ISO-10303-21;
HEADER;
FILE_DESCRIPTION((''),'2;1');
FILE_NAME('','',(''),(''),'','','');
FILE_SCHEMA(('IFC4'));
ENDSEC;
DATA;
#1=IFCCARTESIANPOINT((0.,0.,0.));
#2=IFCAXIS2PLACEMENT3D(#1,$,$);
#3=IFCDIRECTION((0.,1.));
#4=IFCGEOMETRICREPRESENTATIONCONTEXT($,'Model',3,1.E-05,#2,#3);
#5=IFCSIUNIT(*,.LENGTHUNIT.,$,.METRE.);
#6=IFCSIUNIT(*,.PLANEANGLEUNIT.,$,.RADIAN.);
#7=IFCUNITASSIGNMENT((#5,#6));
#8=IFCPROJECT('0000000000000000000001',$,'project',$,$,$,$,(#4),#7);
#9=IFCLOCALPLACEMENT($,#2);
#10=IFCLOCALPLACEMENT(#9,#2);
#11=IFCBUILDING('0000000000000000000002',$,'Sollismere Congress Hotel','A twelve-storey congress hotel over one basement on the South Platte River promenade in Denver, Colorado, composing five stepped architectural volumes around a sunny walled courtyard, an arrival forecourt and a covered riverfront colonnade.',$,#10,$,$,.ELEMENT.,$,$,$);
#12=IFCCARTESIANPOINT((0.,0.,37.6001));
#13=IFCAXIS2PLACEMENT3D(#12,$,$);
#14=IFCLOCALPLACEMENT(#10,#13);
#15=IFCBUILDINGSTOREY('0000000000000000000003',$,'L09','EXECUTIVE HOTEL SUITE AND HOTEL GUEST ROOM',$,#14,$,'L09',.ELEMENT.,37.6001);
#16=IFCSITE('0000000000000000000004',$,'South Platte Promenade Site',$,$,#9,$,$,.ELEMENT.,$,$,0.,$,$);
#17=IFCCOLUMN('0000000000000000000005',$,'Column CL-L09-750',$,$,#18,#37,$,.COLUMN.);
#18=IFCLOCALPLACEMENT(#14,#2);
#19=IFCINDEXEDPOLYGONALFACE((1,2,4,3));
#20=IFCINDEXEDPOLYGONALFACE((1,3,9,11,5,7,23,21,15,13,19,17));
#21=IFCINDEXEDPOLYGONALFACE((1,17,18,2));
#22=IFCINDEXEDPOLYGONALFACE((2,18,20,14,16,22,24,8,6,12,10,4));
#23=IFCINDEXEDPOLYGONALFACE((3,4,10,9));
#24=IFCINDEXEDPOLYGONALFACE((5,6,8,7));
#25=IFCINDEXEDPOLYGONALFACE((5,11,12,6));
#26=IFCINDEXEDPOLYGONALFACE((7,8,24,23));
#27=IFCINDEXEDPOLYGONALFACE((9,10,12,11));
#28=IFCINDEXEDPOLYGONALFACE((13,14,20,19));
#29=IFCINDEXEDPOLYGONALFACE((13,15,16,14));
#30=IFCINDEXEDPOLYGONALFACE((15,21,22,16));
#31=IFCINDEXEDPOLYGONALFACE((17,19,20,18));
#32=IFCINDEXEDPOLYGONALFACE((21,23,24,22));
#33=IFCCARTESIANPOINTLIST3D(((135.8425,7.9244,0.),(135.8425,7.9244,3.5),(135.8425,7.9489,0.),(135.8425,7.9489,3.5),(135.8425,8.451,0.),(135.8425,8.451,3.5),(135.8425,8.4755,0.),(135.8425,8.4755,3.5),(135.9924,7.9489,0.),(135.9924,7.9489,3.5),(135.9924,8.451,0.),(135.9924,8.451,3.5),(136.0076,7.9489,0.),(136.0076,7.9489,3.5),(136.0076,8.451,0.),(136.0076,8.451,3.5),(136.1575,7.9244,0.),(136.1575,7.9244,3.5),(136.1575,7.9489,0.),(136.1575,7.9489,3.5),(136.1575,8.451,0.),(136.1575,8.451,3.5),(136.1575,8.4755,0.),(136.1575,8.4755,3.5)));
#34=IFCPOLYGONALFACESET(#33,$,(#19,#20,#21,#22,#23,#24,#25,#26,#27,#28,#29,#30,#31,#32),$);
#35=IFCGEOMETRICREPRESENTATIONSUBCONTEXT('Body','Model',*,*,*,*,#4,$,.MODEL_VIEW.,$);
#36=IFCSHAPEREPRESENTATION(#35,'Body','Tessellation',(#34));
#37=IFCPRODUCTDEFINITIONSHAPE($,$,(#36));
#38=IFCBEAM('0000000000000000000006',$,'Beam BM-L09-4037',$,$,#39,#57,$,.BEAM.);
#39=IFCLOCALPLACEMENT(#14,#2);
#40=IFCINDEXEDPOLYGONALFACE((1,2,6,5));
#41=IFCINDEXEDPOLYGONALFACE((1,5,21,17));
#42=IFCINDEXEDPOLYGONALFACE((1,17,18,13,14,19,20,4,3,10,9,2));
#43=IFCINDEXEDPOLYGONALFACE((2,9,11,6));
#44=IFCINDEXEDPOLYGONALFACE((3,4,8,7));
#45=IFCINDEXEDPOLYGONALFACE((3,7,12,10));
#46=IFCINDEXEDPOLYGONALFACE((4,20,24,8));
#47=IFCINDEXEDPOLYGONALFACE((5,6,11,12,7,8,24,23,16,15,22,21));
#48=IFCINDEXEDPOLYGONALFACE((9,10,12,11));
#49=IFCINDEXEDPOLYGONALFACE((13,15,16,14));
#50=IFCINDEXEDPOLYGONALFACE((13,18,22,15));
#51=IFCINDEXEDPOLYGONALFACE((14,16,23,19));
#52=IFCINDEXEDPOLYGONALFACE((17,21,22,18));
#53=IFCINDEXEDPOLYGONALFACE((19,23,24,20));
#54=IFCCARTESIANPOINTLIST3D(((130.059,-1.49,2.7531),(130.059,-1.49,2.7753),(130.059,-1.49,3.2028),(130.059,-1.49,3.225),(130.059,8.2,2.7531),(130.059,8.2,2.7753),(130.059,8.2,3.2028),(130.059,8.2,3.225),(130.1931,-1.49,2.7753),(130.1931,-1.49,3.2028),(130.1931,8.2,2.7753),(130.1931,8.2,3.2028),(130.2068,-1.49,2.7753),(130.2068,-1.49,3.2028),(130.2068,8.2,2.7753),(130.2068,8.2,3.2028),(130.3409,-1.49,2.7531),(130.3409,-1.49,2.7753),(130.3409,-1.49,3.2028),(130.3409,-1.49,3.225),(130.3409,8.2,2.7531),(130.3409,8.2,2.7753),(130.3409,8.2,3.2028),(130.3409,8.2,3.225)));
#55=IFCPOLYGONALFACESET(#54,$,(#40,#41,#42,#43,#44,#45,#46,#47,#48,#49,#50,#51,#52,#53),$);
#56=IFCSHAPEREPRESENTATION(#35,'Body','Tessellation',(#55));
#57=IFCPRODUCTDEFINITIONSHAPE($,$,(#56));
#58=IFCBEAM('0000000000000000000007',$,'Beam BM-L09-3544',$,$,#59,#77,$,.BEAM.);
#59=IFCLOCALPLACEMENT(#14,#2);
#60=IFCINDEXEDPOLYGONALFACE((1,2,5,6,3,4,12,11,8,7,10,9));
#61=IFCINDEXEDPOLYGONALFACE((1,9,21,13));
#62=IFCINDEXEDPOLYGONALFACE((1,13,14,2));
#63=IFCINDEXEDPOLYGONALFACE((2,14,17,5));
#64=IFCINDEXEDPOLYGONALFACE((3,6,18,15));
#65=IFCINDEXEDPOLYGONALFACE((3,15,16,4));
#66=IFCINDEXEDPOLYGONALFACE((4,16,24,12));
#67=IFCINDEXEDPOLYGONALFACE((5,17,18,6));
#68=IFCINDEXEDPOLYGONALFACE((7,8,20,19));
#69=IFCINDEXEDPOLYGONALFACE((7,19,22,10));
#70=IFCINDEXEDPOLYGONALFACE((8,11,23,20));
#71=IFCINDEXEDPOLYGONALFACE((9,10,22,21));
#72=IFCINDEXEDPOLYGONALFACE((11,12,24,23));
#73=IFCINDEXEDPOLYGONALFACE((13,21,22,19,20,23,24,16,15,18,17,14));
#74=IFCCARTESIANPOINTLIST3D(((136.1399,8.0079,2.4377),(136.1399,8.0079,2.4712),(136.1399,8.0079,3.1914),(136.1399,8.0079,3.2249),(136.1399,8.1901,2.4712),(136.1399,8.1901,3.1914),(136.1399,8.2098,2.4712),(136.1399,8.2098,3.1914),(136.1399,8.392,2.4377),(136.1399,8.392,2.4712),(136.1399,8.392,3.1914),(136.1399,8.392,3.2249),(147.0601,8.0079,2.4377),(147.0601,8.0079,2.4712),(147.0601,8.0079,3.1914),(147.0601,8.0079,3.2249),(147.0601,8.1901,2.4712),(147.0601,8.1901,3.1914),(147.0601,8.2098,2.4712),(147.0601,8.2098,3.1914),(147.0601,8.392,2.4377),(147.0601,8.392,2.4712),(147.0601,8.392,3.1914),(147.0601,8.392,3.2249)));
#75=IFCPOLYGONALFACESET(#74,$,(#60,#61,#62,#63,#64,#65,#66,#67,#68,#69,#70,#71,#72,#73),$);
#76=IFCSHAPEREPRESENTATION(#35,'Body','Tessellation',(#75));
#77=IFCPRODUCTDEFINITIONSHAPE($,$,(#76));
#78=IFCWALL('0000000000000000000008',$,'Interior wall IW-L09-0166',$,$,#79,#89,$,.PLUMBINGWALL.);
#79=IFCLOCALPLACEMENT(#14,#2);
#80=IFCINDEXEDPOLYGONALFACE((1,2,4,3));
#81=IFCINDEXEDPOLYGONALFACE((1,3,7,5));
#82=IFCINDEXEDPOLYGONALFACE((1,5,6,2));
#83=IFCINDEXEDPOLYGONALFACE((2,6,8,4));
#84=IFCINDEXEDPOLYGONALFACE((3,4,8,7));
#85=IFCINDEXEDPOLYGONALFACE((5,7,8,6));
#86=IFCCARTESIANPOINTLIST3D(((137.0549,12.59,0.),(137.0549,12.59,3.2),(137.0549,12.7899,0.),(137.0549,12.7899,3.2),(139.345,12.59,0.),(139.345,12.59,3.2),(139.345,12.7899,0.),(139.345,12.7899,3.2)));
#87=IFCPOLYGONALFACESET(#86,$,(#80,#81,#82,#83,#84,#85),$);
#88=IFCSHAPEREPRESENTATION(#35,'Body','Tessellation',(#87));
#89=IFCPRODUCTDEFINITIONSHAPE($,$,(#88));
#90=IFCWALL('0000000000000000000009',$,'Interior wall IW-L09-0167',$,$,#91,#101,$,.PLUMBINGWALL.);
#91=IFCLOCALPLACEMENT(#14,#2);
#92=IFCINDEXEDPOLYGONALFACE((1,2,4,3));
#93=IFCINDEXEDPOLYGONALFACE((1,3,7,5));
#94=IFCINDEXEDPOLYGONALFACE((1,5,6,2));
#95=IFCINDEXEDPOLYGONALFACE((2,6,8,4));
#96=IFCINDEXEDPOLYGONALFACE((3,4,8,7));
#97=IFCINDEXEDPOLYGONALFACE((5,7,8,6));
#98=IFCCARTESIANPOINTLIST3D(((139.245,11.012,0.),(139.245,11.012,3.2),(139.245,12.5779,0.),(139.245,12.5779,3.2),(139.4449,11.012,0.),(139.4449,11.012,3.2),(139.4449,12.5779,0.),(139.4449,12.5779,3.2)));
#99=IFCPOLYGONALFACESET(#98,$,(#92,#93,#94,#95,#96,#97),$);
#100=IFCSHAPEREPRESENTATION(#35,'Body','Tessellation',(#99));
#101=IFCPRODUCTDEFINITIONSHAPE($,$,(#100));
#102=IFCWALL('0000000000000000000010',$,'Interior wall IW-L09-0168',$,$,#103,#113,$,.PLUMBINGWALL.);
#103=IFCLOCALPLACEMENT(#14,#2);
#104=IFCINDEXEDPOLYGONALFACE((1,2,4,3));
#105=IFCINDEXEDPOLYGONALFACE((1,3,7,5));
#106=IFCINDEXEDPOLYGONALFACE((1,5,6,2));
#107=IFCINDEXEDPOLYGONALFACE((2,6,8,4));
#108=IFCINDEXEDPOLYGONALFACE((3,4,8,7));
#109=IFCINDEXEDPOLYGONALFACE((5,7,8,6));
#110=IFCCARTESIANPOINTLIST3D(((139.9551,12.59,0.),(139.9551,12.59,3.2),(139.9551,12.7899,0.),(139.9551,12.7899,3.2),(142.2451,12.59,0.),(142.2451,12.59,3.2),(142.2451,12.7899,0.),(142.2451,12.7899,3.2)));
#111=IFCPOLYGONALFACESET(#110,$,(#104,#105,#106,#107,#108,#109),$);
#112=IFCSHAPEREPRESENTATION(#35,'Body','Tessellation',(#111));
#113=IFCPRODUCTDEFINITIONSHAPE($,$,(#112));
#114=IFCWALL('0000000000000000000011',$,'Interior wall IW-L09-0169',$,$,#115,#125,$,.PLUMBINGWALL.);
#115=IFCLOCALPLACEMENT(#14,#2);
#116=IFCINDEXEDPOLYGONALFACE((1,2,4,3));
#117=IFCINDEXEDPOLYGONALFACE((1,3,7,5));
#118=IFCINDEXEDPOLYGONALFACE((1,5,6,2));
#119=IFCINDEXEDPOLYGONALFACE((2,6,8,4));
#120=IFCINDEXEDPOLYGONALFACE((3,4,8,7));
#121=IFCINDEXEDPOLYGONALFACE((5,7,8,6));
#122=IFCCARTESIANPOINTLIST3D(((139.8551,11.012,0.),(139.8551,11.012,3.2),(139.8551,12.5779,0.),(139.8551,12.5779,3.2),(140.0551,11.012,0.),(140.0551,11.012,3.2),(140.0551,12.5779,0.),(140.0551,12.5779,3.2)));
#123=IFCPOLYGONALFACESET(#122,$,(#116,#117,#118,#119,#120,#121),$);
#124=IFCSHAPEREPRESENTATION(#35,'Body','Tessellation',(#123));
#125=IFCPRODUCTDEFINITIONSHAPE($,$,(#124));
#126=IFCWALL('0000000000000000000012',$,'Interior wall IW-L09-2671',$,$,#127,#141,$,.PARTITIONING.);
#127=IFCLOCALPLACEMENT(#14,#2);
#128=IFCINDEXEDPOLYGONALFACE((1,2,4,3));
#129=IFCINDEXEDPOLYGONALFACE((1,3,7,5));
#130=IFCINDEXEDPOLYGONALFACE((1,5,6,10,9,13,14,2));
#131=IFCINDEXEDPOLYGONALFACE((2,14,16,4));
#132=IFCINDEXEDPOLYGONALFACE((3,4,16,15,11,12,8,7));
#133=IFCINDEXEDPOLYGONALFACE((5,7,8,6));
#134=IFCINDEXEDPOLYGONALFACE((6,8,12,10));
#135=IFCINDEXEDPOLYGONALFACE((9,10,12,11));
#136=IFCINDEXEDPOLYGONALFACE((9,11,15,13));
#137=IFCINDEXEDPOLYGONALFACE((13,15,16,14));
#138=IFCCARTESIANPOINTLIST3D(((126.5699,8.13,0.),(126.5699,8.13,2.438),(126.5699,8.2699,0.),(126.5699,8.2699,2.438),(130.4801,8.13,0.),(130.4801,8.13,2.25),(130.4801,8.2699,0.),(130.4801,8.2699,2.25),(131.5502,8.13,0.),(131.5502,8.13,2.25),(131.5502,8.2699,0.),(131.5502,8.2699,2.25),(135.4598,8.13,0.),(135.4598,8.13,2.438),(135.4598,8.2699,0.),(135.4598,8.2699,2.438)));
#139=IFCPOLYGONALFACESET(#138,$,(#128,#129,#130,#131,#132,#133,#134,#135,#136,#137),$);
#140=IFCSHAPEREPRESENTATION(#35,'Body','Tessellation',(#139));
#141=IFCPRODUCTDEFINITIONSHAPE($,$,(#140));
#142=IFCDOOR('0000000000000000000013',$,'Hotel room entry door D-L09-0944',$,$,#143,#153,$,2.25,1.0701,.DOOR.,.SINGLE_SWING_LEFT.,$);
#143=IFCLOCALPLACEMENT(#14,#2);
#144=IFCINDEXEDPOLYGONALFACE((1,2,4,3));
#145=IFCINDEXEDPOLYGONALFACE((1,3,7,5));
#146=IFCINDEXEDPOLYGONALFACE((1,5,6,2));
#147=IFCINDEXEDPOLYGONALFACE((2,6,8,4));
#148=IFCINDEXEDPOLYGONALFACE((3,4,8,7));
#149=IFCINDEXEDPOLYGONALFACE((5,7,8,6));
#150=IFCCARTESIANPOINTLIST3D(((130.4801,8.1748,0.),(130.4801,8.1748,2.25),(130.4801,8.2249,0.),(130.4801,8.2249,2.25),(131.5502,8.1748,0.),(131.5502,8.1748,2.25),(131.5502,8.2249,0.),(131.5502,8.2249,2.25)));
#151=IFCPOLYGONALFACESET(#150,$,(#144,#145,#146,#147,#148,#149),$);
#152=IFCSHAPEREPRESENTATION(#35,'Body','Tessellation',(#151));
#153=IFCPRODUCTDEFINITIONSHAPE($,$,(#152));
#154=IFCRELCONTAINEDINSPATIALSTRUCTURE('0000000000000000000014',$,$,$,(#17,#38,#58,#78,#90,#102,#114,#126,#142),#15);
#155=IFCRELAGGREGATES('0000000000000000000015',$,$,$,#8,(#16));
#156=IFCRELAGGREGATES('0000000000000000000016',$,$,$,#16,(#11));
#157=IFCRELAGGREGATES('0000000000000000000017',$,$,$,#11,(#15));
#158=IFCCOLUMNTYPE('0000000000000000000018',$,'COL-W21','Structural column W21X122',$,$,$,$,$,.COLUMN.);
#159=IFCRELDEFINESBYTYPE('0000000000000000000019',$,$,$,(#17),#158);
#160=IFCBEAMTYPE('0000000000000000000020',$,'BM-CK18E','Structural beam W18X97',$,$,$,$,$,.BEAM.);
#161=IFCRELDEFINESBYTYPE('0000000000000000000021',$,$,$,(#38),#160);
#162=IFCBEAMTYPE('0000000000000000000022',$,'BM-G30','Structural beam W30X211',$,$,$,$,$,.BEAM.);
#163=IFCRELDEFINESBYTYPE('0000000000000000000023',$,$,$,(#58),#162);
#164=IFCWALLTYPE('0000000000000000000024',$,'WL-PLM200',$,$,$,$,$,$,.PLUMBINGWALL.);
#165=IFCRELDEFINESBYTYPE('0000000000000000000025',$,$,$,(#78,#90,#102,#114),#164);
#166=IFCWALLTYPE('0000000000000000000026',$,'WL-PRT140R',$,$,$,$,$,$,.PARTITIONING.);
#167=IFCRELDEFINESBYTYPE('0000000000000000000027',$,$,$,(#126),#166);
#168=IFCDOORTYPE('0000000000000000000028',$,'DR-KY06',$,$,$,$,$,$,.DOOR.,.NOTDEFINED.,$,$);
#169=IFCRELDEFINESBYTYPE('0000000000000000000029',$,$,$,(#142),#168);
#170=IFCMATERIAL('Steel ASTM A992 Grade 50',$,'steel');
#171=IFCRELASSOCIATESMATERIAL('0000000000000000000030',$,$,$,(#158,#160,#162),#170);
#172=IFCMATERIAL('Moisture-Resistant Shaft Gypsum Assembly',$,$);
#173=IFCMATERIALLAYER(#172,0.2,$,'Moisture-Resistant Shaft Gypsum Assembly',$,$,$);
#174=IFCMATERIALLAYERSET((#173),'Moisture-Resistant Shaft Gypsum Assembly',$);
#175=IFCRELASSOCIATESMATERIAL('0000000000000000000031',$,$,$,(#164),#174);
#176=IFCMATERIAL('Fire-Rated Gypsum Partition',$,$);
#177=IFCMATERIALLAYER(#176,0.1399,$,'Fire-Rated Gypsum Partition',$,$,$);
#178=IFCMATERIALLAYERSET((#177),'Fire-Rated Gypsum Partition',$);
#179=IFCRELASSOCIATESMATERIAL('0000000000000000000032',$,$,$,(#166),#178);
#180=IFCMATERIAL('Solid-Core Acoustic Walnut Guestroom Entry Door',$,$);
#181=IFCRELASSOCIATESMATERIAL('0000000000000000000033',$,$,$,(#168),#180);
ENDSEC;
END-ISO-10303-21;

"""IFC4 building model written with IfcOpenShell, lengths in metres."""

from ifc_helpers import new_model, si_unit, direction, frame, frame_2d, origin, origin_2d, place, context, subcontext, project, spatial, rectangle, i_section, extrude, material, layer, layer_set, material_profile, profile_set, type_object, element, fill, save


model = new_model("IFC4")

# Units and contexts
model_context = context("Model", 3, precision=1e-05, world=origin(), true_north=direction((0.0, 1.0)))
body_context = subcontext(model_context, "Body", "Model", "MODEL_VIEW")
ifc_project = project(units=[si_unit("LENGTHUNIT", "METRE"), si_unit("PLANEANGLEUNIT", "RADIAN")], contexts=[model_context])

# Site, building, storey
site_placement = place(None, origin())
site = spatial("IfcSite", under=ifc_project, at=site_placement, Name="South Platte Promenade Site", CompositionType="ELEMENT", RefElevation=0.0)
building_placement = place(site_placement, origin())
building = spatial("IfcBuilding", under=site, at=building_placement, Name="Sollismere Congress Hotel", Description="A twelve-storey congress hotel over one basement on the South Platte River promenade in Denver, Colorado, composing five stepped architectural volumes around a sunny walled courtyard, an arrival forecourt and a covered riverfront colonnade.", CompositionType="ELEMENT")
storey_placement = place(building_placement, frame((0.0, 0.0, 37.6001)))
storey = spatial("IfcBuildingStorey", under=building, at=storey_placement, Name="L09", Description="EXECUTIVE HOTEL SUITE AND HOTEL GUEST ROOM", LongName="L09", CompositionType="ELEMENT", Elevation=37.6001)

# Column
ifc_material_1 = material(Name="Steel ASTM A992 Grade 50", Category="steel")
ifc_material_profile_1 = material_profile(ifc_material_1, i_section(OverallWidth=0.3149, OverallDepth=0.551, WebThickness=0.0151, FlangeThickness=0.0244, at=origin_2d()), Name="W21X122")
ifc_profile_set_1 = profile_set([ifc_material_profile_1], Name="Steel ASTM A992 Grade 50")
column_type = type_object("IfcColumnType", Name="COL-W21", Description="Structural column W21X122", PredefinedType="COLUMN", material=ifc_profile_set_1)
column_placement = place(storey_placement, frame((136.0, 8.2, 0.0), z_axis=(0.0, 0.0, 1.0), x_axis=(1.0, 0.0, 0.0)))
element("IfcColumn", 1, at=column_placement, inside=storey, type_object=column_type, Name="Column CL-L09-750", PredefinedType="COLUMN", context=body_context, shape_type="SweptSolid", body=[
    extrude(i_section(OverallWidth=0.3149, OverallDepth=0.551, WebThickness=0.0151, FlangeThickness=0.0244, at=origin_2d()), origin(), (0.0, 0.0, 1.0), 3.5),
])

# Beams
ifc_material_profile_2 = material_profile(ifc_material_1, i_section(OverallWidth=0.282, OverallDepth=0.4719, WebThickness=0.0137, FlangeThickness=0.0222, at=origin_2d()), Name="W18X97")
ifc_profile_set_2 = profile_set([ifc_material_profile_2], Name="Steel ASTM A992 Grade 50")
beam_type_1 = type_object("IfcBeamType", Name="BM-CK18E", Description="Structural beam W18X97", PredefinedType="BEAM", material=ifc_profile_set_2)
beam_1_placement = place(storey_placement, frame((130.2, 8.2, 2.989), z_axis=(0.0, -1.0, 0.0), x_axis=(1.0, 0.0, 0.0)))
element("IfcBeam", 2, at=beam_1_placement, inside=storey, type_object=beam_type_1, Name="Beam BM-L09-4037", PredefinedType="BEAM", context=body_context, shape_type="SweptSolid", body=[
    extrude(i_section(OverallWidth=0.282, OverallDepth=0.4719, WebThickness=0.0137, FlangeThickness=0.0222, at=origin_2d()), origin(), (0.0, 0.0, 1.0), 9.6899),
])
ifc_material_profile_3 = material_profile(ifc_material_1, i_section(OverallWidth=0.384, OverallDepth=0.7871, WebThickness=0.0198, FlangeThickness=0.0334, at=origin_2d()), Name="W30X211")
ifc_profile_set_3 = profile_set([ifc_material_profile_3], Name="Steel ASTM A992 Grade 50")
beam_type_2 = type_object("IfcBeamType", Name="BM-G30", Description="Structural beam W30X211", PredefinedType="BEAM", material=ifc_profile_set_3)
beam_2_placement = place(storey_placement, frame((136.1399, 8.2, 2.8313), z_axis=(1.0, 0.0, 0.0), x_axis=(0.0, 1.0, 0.0)))
element("IfcBeam", 3, at=beam_2_placement, inside=storey, type_object=beam_type_2, Name="Beam BM-L09-3544", PredefinedType="BEAM", context=body_context, shape_type="SweptSolid", body=[
    extrude(i_section(OverallWidth=0.384, OverallDepth=0.7871, WebThickness=0.0198, FlangeThickness=0.0334, at=origin_2d()), origin(), (0.0, 0.0, 1.0), 10.9202),
])

# Walls
ifc_material_2 = material(Name="Moisture-Resistant Shaft Gypsum Assembly")
ifc_layer_1 = layer(ifc_material_2, 0.2, Name="Moisture-Resistant Shaft Gypsum Assembly")
ifc_layer_set_1 = layer_set([ifc_layer_1], Name="Moisture-Resistant Shaft Gypsum Assembly")
wall_type_1 = type_object("IfcWallType", Name="WL-PLM200", PredefinedType="PLUMBINGWALL", material=ifc_layer_set_1)
wall_1_placement = place(storey_placement, frame((137.0549, 12.6899, 0.0), z_axis=(0.0, 0.0, 1.0), x_axis=(1.0, 0.0, 0.0)))
element("IfcWall", 4, at=wall_1_placement, inside=storey, type_object=wall_type_1, Name="Interior wall IW-L09-0166", PredefinedType="PLUMBINGWALL", context=body_context, shape_type="SweptSolid", body=[
    extrude(rectangle(XDim=2.29, YDim=0.2, at=frame_2d((1.145, 0.0))), origin(), (0.0, 0.0, 1.0), 3.2),
])
wall_2_placement = place(storey_placement, frame((139.345, 11.012, 0.0), z_axis=(0.0, 0.0, 1.0), x_axis=(0.0, 1.0, 0.0)))
element("IfcWall", 5, at=wall_2_placement, inside=storey, type_object=wall_type_1, Name="Interior wall IW-L09-0167", PredefinedType="PLUMBINGWALL", context=body_context, shape_type="SweptSolid", body=[
    extrude(rectangle(XDim=1.5659, YDim=0.2, at=frame_2d((0.783, 0.0))), origin(), (0.0, 0.0, 1.0), 3.2),
])
wall_3_placement = place(storey_placement, frame((139.9551, 12.6899, 0.0), z_axis=(0.0, 0.0, 1.0), x_axis=(1.0, 0.0, 0.0)))
element("IfcWall", 6, at=wall_3_placement, inside=storey, type_object=wall_type_1, Name="Interior wall IW-L09-0168", PredefinedType="PLUMBINGWALL", context=body_context, shape_type="SweptSolid", body=[
    extrude(rectangle(XDim=2.29, YDim=0.2, at=frame_2d((1.145, 0.0))), origin(), (0.0, 0.0, 1.0), 3.2),
])
wall_4_placement = place(storey_placement, frame((139.9551, 11.012, 0.0), z_axis=(0.0, 0.0, 1.0), x_axis=(0.0, 1.0, 0.0)))
element("IfcWall", 7, at=wall_4_placement, inside=storey, type_object=wall_type_1, Name="Interior wall IW-L09-0169", PredefinedType="PLUMBINGWALL", context=body_context, shape_type="SweptSolid", body=[
    extrude(rectangle(XDim=1.5659, YDim=0.2, at=frame_2d((0.783, 0.0))), origin(), (0.0, 0.0, 1.0), 3.2),
])

# Wall, opening, door
ifc_material_3 = material(Name="Fire-Rated Gypsum Partition")
ifc_layer_2 = layer(ifc_material_3, 0.1399, Name="Fire-Rated Gypsum Partition")
ifc_layer_set_2 = layer_set([ifc_layer_2], Name="Fire-Rated Gypsum Partition")
wall_type_2 = type_object("IfcWallType", Name="WL-PRT140R", PredefinedType="PARTITIONING", material=ifc_layer_set_2)
wall_5_placement = place(storey_placement, frame((126.5701, 8.2, 0.0), z_axis=(0.0, 0.0, 1.0), x_axis=(1.0, 0.0, 0.0)))
wall_5 = element("IfcWall", 8, at=wall_5_placement, inside=storey, type_object=wall_type_2, Name="Interior wall IW-L09-2671", PredefinedType="PARTITIONING", context=body_context, shape_type="SweptSolid", body=[
    extrude(rectangle(XDim=8.8899, YDim=0.1399, at=frame_2d((4.4448, 0.0))), origin(), (0.0, 0.0, 1.0), 2.438),
])
opening_1_placement = place(wall_5_placement, frame((3.9099, 0.0, 0.0)))
opening_1 = element("IfcOpeningElement", 9, at=opening_1_placement, cuts=wall_5, PredefinedType="OPENING", context=body_context, shape_type="SweptSolid", body=[
    extrude(rectangle(XDim=1.0701, YDim=2.25, at=frame_2d((0.5352, 1.125))), frame((0.0, 0.0798, 0.0), z_axis=(0.0, -1.0, 0.0), x_axis=(1.0, 0.0, 0.0)), (0.0, 0.0, 1.0), 0.1599),
])
ifc_material_4 = material(Name="Solid-Core Acoustic Walnut Guestroom Entry Door")
door_type_1 = type_object("IfcDoorType", Name="DR-KY06", OperationType="NOTDEFINED", PredefinedType="DOOR", material=ifc_material_4)
door_1_placement = place(opening_1_placement, origin())
door_1 = element("IfcDoor", 10, at=door_1_placement, inside=storey, type_object=door_type_1, Name="Hotel room entry door D-L09-0944", OperationType="SINGLE_SWING_LEFT", OverallHeight=2.25, OverallWidth=1.0701, PredefinedType="DOOR", context=body_context, shape_type="SweptSolid", body=[
    extrude(rectangle(XDim=1.0701, YDim=2.25, at=frame_2d((0.5352, 1.125))), frame((0.0, 0.0249, 0.0), z_axis=(0.0, -1.0, 0.0), x_axis=(1.0, 0.0, 0.0)), (0.0, 0.0, 1.0), 0.05),
])
fill(opening_1, door_1)

save(model, "model.ifc")
